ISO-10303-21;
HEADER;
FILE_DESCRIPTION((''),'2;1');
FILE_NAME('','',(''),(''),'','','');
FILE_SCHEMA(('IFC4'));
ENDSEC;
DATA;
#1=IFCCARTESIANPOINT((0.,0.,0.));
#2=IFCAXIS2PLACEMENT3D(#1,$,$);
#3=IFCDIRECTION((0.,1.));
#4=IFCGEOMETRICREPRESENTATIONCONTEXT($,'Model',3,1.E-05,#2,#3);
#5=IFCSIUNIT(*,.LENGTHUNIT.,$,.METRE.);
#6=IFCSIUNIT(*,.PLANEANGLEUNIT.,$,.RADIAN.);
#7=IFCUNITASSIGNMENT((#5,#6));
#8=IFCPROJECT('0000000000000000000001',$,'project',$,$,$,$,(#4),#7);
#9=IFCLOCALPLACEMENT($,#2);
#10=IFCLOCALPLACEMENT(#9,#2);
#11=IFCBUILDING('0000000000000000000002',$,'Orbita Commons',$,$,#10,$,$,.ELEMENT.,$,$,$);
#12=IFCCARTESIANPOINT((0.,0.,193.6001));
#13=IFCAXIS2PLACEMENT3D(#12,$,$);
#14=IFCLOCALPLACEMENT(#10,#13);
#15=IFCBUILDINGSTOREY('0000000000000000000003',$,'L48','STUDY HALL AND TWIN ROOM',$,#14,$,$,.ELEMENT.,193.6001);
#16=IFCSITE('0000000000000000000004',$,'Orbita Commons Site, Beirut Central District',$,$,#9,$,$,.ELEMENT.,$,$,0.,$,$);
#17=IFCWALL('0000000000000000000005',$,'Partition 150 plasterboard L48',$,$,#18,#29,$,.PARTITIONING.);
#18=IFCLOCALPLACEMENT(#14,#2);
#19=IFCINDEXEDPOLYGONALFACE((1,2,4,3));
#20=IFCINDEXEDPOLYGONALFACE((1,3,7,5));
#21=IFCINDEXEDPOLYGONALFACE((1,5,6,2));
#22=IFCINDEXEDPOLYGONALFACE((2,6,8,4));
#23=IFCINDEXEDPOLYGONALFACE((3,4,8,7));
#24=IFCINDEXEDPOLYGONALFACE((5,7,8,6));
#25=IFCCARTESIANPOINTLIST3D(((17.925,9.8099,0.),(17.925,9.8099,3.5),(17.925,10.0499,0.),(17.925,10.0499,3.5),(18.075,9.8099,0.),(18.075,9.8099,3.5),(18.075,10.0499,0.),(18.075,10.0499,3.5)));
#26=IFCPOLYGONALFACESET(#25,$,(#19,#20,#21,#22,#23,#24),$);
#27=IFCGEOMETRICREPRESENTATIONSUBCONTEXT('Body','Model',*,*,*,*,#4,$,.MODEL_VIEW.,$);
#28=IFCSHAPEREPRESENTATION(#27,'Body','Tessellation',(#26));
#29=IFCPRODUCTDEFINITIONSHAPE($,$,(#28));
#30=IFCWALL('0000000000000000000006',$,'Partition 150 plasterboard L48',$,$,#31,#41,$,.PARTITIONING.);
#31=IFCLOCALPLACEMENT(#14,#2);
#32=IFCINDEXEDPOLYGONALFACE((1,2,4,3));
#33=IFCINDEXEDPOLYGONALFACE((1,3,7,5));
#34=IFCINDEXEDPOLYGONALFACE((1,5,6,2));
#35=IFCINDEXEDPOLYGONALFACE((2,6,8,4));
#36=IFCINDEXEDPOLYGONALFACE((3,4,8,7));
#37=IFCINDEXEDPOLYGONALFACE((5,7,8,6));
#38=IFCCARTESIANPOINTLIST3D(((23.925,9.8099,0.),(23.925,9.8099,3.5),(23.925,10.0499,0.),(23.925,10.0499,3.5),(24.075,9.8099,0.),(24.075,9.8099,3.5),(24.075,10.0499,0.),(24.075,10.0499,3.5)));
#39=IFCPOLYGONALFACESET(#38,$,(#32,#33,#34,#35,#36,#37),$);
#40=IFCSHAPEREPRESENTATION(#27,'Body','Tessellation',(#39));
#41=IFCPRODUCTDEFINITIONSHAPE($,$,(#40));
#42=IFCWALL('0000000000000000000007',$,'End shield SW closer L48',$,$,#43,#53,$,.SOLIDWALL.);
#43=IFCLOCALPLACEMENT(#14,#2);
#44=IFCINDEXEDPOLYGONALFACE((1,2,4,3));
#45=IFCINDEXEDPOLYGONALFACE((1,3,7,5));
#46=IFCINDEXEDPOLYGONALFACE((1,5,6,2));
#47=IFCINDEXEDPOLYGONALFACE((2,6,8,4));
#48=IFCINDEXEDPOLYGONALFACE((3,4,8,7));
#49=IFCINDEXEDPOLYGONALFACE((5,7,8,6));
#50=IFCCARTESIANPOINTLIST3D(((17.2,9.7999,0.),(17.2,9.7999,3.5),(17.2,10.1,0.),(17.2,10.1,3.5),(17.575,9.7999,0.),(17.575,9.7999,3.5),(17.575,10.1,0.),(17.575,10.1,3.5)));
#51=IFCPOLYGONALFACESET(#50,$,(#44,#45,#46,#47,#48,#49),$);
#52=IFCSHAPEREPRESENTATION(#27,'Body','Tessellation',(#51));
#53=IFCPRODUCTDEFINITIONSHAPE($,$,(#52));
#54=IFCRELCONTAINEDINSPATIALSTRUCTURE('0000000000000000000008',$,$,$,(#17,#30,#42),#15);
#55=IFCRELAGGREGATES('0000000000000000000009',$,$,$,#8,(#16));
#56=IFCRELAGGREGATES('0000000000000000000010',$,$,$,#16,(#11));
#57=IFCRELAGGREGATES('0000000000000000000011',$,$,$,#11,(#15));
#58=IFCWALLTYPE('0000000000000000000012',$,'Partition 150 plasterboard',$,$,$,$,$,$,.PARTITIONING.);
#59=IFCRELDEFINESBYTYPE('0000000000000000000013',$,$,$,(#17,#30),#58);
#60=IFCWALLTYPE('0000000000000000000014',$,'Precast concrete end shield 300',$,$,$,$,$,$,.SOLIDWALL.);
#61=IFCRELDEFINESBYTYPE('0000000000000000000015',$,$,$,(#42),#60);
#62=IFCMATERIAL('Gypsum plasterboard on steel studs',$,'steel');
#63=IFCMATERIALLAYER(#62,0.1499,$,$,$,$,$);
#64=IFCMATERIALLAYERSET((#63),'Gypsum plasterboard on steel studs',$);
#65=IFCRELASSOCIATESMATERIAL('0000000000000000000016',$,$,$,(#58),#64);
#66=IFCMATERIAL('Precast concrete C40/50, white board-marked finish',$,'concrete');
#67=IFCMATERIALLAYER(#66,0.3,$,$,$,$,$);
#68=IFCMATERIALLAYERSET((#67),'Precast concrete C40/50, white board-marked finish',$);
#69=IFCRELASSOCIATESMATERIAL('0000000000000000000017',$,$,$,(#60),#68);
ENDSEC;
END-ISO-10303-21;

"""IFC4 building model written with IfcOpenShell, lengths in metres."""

from ifc_helpers import new_model, si_unit, direction, frame, frame_2d, origin, place, context, subcontext, project, spatial, rectangle, extrude, material, layer, layer_set, type_object, element, save


model = new_model("IFC4")

# Units and contexts
model_context = context("Model", 3, precision=1e-05, world=origin(), true_north=direction((0.0, 1.0)))
body_context = subcontext(model_context, "Body", "Model", "MODEL_VIEW")
ifc_project = project(units=[si_unit("LENGTHUNIT", "METRE"), si_unit("PLANEANGLEUNIT", "RADIAN")], contexts=[model_context])

# Site, building, storey
site_placement = place(None, origin())
site = spatial("IfcSite", under=ifc_project, at=site_placement, Name="Orbita Commons Site, Beirut Central District", CompositionType="ELEMENT", RefElevation=0.0)
building_placement = place(site_placement, origin())
building = spatial("IfcBuilding", under=site, at=building_placement, Name="Orbita Commons", CompositionType="ELEMENT")
storey_placement = place(building_placement, frame((0.0, 0.0, 193.6001)))
storey = spatial("IfcBuildingStorey", under=building, at=storey_placement, Name="L48", Description="STUDY HALL AND TWIN ROOM", CompositionType="ELEMENT", Elevation=193.6001)

# Walls
ifc_material_1 = material(Name="Gypsum plasterboard on steel studs", Category="steel")
ifc_layer_1 = layer(ifc_material_1, 0.1499)
ifc_layer_set_1 = layer_set([ifc_layer_1], Name="Gypsum plasterboard on steel studs")
wall_type_1 = type_object("IfcWallType", Name="Partition 150 plasterboard", PredefinedType="PARTITIONING", material=ifc_layer_set_1)
for number, where, z_axis, x_axis, name in (
    (1, (18.0, 10.05, 0.0), (0.0, 0.0, 1.0), (0.0, -1.0, 0.0), "Partition 150 plasterboard L48"),
    (2, (24.0, 10.05, 0.0), (0.0, 0.0, 1.0), (0.0, -1.0, 0.0), "Partition 150 plasterboard L48"),
):
    element("IfcWall", number, at=place(storey_placement, frame(where, z_axis=z_axis, x_axis=x_axis)), inside=storey, type_object=wall_type_1, Name=name, PredefinedType="PARTITIONING", context=body_context, shape_type="SweptSolid", body=[
        extrude(rectangle(XDim=0.24, YDim=0.1499, at=frame_2d((0.1201, 0.0))), origin(), (0.0, 0.0, 1.0), 3.5),
    ])
ifc_material_2 = material(Name="Precast concrete C40/50, white board-marked finish", Category="concrete")
ifc_layer_2 = layer(ifc_material_2, 0.3)
ifc_layer_set_2 = layer_set([ifc_layer_2], Name="Precast concrete C40/50, white board-marked finish")
wall_type_2 = type_object("IfcWallType", Name="Precast concrete end shield 300", PredefinedType="SOLIDWALL", material=ifc_layer_set_2)
wall_placement = place(storey_placement, frame((17.2, 9.95, 0.0), z_axis=(0.0, 0.0, 1.0), x_axis=(1.0, 0.0, 0.0)))
element("IfcWall", 3, at=wall_placement, inside=storey, type_object=wall_type_2, Name="End shield SW closer L48", PredefinedType="SOLIDWALL", context=body_context, shape_type="SweptSolid", body=[
    extrude(rectangle(XDim=0.375, YDim=0.3, at=frame_2d((0.1875, 0.0))), origin(), (0.0, 0.0, 1.0), 3.5),
])

save(model, "model.ifc")
